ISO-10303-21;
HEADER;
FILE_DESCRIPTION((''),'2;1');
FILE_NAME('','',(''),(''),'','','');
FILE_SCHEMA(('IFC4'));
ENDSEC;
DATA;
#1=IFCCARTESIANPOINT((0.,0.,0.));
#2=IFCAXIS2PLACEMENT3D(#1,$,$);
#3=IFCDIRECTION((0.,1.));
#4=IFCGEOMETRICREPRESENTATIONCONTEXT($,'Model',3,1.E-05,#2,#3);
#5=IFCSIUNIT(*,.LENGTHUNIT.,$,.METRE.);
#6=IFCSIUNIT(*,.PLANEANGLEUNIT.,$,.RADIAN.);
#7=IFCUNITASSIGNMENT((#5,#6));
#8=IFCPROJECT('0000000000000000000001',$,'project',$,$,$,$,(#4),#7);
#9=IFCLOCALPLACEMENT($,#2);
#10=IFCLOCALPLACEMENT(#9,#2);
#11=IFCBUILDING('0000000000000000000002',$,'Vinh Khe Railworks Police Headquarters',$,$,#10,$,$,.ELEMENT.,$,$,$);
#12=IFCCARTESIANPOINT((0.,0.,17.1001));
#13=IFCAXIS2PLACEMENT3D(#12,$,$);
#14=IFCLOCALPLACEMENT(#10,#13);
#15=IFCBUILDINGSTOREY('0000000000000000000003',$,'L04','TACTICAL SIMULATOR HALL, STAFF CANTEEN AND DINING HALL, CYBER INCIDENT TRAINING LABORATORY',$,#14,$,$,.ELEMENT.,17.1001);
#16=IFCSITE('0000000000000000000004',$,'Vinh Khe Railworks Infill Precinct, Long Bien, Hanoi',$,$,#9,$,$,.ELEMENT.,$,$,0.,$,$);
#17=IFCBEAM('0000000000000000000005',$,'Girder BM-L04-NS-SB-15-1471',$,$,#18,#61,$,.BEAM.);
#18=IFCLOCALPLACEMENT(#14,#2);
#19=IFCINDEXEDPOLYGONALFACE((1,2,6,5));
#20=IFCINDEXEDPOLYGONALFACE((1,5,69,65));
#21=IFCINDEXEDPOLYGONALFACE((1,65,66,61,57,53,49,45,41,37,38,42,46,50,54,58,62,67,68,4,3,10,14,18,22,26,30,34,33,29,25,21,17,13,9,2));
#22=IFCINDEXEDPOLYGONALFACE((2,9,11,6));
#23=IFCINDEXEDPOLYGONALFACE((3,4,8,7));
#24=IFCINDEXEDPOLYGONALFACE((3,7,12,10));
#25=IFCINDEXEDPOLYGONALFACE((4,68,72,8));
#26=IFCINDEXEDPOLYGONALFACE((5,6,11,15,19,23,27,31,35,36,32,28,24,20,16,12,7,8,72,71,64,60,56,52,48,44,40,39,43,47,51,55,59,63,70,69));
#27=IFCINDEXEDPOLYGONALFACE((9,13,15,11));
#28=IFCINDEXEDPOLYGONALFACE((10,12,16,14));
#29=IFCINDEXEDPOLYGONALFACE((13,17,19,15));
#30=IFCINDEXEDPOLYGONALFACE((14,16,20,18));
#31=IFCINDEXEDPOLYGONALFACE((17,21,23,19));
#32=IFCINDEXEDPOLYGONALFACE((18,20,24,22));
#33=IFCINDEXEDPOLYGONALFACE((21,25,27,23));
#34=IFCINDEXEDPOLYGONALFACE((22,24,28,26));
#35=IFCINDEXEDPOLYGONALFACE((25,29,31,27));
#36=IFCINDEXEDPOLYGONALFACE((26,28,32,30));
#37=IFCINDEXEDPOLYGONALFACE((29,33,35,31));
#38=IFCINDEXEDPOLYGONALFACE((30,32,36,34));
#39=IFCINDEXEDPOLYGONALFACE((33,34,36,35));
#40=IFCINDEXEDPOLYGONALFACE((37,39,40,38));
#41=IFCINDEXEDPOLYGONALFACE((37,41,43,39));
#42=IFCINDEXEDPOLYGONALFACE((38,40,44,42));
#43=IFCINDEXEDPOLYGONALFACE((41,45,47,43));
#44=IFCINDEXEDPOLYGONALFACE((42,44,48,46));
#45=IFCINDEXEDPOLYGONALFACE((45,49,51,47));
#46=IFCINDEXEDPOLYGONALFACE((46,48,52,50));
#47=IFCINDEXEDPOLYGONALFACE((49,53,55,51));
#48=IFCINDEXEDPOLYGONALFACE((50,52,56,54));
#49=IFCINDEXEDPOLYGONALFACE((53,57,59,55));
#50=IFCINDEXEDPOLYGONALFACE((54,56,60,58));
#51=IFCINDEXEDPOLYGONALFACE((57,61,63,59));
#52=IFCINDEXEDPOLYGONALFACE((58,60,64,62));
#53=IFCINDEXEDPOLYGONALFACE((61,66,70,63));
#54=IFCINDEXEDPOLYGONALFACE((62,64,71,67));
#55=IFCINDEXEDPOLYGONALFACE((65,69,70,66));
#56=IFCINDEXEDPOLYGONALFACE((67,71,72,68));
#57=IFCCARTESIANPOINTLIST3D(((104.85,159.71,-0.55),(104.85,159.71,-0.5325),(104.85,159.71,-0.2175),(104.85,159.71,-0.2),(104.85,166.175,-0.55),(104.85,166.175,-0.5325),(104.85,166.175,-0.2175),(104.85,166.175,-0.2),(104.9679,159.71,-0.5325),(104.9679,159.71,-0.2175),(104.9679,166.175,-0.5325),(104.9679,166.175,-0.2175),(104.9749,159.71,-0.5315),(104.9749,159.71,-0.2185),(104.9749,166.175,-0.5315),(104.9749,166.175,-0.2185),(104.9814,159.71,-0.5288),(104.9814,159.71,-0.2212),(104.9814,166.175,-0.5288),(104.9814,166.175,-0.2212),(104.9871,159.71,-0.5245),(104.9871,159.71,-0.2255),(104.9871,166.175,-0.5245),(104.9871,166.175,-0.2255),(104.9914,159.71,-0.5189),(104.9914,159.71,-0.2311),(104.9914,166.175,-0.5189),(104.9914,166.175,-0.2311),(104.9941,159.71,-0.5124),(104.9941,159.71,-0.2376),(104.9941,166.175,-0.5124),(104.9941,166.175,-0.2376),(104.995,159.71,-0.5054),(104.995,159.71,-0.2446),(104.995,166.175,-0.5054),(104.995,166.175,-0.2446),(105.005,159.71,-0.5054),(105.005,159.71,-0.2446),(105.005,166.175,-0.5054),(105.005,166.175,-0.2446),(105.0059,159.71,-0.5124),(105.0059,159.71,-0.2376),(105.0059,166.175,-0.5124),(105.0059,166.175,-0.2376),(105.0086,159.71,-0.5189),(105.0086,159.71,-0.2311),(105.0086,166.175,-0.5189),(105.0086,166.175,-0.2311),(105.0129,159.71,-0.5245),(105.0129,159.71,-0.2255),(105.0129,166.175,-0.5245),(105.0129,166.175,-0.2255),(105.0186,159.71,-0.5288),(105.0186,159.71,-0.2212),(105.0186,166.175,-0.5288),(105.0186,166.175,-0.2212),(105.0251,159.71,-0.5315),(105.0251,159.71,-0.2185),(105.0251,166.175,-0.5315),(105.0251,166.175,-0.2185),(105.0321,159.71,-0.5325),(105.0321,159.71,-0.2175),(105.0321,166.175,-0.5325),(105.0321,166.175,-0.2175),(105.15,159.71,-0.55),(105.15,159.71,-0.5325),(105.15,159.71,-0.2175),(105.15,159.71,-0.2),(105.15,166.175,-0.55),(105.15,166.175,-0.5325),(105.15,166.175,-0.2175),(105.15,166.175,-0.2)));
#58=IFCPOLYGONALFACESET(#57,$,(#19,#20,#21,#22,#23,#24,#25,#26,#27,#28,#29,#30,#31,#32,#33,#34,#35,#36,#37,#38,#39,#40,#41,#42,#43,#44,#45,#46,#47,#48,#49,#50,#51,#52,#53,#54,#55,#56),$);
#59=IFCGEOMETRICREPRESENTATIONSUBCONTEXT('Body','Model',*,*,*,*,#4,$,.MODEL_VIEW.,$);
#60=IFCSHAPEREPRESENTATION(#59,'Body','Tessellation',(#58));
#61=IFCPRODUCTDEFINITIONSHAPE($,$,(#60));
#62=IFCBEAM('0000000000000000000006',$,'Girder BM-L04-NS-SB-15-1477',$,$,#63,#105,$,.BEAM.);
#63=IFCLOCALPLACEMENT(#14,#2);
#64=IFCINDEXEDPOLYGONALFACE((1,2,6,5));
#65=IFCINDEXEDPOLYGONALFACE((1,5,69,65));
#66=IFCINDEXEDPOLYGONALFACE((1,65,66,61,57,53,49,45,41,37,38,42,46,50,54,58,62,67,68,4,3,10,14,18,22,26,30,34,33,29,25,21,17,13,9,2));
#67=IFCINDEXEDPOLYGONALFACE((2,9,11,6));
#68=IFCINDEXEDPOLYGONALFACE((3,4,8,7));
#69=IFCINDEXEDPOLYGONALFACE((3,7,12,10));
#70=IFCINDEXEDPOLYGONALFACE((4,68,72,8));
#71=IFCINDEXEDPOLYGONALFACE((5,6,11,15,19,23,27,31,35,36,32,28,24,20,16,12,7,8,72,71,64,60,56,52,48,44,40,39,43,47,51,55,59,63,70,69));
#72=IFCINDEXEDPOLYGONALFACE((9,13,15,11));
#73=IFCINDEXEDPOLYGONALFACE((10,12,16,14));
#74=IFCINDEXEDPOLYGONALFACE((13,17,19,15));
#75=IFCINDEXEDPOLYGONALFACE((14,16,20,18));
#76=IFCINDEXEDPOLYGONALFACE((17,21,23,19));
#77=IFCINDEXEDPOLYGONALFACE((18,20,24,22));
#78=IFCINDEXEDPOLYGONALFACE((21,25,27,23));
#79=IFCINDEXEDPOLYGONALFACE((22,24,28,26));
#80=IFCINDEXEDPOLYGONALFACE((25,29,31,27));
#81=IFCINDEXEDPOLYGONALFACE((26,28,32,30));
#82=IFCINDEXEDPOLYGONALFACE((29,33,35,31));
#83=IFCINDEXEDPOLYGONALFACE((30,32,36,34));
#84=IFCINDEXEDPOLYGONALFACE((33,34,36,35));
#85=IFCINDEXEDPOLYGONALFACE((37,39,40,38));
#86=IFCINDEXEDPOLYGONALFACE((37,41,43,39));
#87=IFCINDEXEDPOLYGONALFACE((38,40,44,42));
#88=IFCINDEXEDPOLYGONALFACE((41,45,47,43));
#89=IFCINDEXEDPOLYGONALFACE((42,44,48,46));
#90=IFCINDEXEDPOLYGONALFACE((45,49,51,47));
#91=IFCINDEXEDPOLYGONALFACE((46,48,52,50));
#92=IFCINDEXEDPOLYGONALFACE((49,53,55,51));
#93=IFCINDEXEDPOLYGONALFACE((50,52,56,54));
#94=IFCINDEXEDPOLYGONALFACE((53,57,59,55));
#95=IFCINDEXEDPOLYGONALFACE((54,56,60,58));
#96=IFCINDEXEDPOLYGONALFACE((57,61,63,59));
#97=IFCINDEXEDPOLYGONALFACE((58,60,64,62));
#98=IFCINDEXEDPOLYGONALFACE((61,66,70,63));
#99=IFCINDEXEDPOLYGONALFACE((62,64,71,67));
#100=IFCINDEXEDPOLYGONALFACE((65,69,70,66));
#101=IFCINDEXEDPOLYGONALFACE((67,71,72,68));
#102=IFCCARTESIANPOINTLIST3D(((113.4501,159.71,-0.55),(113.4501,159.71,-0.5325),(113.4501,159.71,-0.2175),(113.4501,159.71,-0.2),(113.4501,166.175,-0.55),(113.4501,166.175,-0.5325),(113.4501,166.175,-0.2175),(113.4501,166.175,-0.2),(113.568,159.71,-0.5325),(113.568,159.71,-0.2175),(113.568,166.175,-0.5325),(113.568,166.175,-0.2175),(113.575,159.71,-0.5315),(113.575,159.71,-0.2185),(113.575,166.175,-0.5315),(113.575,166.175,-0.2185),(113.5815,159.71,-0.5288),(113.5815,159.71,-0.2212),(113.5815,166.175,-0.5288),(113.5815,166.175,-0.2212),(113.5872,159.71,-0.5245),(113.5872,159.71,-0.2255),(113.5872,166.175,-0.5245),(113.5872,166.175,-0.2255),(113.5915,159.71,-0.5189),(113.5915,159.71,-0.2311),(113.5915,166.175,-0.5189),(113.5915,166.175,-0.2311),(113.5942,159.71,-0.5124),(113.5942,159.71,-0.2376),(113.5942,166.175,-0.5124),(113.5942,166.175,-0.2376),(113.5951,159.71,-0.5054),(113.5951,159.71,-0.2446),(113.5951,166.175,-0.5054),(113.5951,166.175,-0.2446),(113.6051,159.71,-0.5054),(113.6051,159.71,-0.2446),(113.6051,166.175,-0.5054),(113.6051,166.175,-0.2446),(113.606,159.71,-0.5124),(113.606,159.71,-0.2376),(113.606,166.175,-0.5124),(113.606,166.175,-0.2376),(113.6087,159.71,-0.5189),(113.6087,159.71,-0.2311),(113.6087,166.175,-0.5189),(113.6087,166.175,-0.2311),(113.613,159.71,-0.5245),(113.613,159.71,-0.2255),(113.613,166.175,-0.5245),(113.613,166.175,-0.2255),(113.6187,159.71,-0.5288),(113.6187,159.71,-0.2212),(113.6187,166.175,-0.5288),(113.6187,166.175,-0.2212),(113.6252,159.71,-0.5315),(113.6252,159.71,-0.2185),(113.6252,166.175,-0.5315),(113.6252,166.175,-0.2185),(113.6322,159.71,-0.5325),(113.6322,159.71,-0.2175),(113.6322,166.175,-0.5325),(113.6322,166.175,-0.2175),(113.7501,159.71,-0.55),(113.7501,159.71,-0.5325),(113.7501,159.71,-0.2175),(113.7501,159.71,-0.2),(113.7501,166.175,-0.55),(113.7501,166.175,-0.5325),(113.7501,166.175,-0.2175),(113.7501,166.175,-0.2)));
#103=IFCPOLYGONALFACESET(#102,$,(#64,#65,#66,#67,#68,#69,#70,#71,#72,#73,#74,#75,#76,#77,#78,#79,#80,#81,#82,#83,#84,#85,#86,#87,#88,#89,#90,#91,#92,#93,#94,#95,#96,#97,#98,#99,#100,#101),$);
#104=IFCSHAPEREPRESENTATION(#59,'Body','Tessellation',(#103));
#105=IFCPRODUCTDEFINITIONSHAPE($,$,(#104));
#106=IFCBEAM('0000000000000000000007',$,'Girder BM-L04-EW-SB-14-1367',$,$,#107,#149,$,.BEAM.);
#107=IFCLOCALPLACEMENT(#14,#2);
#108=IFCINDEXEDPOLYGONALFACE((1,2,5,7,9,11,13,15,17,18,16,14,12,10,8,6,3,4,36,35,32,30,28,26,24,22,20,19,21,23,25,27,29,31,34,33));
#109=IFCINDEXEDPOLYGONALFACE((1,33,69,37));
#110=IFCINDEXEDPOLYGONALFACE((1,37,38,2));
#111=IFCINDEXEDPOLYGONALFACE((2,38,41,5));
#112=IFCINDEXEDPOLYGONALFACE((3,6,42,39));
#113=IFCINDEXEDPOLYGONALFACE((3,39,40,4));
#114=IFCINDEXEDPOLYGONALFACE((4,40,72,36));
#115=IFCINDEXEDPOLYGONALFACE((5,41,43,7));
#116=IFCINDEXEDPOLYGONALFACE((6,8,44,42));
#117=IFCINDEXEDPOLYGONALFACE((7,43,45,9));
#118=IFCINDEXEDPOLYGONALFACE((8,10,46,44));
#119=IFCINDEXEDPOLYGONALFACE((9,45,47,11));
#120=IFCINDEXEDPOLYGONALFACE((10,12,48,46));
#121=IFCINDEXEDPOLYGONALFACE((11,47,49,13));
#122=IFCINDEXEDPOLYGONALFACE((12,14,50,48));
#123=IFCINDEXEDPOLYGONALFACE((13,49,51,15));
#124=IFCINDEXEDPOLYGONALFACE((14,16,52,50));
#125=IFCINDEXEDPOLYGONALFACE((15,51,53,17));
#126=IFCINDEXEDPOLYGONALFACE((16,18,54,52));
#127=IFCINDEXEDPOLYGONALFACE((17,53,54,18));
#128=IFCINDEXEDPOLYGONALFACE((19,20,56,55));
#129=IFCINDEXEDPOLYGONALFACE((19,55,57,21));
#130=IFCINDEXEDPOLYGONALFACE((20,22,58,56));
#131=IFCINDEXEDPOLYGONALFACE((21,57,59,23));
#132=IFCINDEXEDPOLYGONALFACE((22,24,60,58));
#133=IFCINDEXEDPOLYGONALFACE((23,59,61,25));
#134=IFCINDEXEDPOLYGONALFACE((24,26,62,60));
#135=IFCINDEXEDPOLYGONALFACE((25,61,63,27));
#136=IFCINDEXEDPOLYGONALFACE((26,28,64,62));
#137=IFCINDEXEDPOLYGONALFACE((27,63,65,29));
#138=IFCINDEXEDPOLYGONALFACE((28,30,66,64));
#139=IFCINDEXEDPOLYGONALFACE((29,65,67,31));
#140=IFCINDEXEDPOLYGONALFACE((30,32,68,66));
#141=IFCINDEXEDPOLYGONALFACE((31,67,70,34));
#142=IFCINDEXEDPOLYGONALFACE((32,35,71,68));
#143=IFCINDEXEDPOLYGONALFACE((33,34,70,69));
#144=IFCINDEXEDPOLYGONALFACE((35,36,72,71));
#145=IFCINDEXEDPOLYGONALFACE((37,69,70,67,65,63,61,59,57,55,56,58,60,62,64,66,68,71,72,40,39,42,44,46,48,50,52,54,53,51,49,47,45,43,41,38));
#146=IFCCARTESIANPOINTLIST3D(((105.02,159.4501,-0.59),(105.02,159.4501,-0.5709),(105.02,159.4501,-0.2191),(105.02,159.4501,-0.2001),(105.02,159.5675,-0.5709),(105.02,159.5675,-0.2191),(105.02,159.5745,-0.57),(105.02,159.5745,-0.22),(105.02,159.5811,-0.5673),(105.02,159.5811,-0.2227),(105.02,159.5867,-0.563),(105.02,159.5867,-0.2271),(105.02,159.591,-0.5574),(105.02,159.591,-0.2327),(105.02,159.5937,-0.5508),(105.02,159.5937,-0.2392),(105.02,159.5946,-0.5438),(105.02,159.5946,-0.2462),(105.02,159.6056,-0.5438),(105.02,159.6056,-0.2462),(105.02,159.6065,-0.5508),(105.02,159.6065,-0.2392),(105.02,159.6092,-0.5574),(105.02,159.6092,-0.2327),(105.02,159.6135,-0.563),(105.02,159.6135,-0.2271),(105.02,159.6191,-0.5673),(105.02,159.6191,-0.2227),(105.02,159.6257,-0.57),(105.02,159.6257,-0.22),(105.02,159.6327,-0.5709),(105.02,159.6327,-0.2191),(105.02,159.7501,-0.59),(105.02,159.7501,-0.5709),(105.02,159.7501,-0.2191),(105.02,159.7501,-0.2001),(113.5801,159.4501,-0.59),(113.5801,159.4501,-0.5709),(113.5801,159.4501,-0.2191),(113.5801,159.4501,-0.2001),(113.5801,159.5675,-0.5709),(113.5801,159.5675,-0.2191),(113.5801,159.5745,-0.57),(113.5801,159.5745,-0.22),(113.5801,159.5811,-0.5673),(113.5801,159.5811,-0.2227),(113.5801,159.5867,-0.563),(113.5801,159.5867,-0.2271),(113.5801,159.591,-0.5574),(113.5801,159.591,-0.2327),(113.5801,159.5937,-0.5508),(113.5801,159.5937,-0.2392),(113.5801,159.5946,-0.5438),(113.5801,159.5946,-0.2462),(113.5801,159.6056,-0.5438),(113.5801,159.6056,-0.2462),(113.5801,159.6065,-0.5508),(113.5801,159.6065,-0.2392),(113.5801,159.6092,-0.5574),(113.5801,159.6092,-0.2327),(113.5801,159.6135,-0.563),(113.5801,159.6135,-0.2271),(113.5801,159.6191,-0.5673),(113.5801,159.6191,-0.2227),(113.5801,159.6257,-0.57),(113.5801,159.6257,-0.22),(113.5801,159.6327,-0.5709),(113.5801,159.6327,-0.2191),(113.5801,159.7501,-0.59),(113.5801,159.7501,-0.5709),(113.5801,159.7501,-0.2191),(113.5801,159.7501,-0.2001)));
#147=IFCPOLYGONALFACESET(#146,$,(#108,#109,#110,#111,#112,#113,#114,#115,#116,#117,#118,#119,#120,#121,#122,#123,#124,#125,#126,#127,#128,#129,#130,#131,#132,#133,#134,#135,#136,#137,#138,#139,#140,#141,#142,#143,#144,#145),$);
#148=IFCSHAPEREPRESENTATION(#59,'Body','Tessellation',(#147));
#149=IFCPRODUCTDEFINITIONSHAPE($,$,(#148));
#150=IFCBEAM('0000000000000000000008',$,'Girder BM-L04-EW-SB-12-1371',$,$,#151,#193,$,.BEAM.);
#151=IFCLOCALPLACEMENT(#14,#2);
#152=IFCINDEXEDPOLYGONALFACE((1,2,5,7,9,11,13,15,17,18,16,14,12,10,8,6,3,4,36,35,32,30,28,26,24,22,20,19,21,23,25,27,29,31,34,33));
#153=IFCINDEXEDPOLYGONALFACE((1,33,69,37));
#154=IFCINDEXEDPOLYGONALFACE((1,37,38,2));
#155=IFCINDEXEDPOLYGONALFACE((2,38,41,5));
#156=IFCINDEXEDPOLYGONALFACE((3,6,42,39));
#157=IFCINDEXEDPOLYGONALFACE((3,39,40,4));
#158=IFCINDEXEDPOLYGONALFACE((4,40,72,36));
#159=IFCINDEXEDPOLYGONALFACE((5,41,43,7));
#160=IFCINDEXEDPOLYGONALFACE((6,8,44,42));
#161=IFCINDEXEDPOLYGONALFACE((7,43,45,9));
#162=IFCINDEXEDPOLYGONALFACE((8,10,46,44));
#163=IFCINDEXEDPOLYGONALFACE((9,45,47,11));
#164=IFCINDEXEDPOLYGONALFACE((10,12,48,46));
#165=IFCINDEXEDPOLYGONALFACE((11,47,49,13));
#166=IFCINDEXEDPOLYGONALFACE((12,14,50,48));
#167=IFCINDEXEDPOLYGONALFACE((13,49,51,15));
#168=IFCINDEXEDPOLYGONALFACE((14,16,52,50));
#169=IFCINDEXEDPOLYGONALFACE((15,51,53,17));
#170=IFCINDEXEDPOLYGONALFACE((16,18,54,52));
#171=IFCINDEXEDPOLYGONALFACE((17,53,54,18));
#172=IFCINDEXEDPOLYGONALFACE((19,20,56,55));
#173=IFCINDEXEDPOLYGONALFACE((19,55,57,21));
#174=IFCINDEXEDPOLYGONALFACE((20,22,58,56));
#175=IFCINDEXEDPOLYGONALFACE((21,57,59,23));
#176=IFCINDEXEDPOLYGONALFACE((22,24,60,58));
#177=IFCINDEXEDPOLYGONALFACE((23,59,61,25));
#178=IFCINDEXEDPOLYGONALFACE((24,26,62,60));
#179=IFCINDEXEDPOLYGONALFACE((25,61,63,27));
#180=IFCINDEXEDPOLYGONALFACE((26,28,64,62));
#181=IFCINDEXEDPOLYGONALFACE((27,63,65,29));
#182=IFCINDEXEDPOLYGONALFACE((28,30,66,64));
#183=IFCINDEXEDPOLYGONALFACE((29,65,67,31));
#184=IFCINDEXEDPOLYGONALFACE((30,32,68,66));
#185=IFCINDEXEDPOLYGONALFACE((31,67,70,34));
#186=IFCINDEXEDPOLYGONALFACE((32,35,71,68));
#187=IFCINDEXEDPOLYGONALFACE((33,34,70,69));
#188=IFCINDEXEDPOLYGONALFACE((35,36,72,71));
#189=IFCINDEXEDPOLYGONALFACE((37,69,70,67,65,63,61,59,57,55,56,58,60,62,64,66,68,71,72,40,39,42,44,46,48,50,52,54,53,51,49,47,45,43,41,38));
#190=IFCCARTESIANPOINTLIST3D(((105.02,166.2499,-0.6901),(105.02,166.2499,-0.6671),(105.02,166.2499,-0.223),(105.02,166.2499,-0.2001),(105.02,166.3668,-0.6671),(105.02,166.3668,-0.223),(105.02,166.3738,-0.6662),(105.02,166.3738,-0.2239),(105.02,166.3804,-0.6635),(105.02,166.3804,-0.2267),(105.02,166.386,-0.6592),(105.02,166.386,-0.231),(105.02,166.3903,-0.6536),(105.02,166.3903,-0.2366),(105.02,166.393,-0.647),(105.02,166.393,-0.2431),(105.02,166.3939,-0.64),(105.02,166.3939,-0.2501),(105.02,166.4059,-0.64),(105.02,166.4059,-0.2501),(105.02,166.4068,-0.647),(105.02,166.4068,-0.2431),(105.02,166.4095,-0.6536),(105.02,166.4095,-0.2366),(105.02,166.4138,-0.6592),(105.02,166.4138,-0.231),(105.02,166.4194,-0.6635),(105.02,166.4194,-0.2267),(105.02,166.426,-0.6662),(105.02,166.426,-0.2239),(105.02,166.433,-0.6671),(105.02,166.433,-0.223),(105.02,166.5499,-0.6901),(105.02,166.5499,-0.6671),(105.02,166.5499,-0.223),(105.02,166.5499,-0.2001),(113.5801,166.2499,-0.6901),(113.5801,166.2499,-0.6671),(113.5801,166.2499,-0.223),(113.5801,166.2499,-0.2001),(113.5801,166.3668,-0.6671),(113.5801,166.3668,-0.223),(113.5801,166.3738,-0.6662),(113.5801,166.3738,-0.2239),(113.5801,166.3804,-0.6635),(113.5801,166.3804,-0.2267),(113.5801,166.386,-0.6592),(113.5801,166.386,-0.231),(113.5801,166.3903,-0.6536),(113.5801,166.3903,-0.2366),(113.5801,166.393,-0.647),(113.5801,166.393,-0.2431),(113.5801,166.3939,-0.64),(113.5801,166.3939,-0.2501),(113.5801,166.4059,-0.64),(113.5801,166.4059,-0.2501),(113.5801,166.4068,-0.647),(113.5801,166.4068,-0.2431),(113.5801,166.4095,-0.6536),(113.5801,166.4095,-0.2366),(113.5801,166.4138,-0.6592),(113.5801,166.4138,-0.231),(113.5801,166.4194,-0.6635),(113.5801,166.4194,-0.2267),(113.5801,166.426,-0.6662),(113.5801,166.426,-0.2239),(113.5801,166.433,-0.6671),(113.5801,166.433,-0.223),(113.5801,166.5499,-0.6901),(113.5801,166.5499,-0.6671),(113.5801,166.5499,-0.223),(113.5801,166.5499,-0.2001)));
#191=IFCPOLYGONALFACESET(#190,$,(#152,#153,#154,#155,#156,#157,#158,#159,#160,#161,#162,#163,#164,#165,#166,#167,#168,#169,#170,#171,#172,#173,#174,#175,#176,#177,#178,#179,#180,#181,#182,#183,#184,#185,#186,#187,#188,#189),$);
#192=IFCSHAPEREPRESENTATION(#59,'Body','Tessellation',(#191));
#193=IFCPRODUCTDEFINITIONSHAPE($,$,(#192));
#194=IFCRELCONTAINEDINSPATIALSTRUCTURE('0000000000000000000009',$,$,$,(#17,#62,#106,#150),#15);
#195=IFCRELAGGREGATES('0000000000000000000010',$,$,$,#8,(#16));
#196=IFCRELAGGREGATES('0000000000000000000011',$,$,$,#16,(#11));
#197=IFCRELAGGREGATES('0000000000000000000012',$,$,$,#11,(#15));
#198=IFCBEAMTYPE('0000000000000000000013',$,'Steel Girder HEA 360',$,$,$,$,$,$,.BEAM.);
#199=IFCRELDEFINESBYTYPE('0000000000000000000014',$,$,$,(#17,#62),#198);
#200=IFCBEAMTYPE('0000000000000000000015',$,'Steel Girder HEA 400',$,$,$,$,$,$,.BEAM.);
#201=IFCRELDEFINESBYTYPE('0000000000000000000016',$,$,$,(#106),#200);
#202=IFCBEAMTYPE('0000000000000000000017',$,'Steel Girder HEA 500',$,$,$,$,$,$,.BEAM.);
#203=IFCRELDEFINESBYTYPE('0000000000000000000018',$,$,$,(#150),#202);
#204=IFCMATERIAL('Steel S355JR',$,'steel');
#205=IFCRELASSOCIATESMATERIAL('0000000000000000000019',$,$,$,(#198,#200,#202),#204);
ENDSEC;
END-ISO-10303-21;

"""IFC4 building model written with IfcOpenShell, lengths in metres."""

from ifc_helpers import new_model, si_unit, direction, frame, origin, origin_2d, place, context, subcontext, project, spatial, i_section, extrude, material, material_profile, profile_set, type_object, element, save


model = new_model("IFC4")

# Units and contexts
model_context = context("Model", 3, precision=1e-05, world=origin(), true_north=direction((0.0, 1.0)))
body_context = subcontext(model_context, "Body", "Model", "MODEL_VIEW")
ifc_project = project(units=[si_unit("LENGTHUNIT", "METRE"), si_unit("PLANEANGLEUNIT", "RADIAN")], contexts=[model_context])

# Site, building, storey
site_placement = place(None, origin())
site = spatial("IfcSite", under=ifc_project, at=site_placement, Name="Vinh Khe Railworks Infill Precinct, Long Bien, Hanoi", CompositionType="ELEMENT", RefElevation=0.0)
building_placement = place(site_placement, origin())
building = spatial("IfcBuilding", under=site, at=building_placement, Name="Vinh Khe Railworks Police Headquarters", CompositionType="ELEMENT")
storey_placement = place(building_placement, frame((0.0, 0.0, 17.1001)))
storey = spatial("IfcBuildingStorey", under=building, at=storey_placement, Name="L04", Description="TACTICAL SIMULATOR HALL, STAFF CANTEEN AND DINING HALL, CYBER INCIDENT TRAINING LABORATORY", CompositionType="ELEMENT", Elevation=17.1001)

# Shared definitions
ifc_material_1 = material(Name="Steel S355JR", Category="steel")

# Beams
ifc_material_profile_1 = material_profile(ifc_material_1, i_section(OverallWidth=0.3, OverallDepth=0.3501, WebThickness=0.01, FlangeThickness=0.0176, FilletRadius=0.0271, at=origin_2d()), Name="HEA 360")
ifc_profile_set_1 = profile_set([ifc_material_profile_1], Name="Steel S355JR")
beam_type_1 = type_object("IfcBeamType", Name="Steel Girder HEA 360", PredefinedType="BEAM", material=ifc_profile_set_1)
for number, where, z_axis, x_axis, name in (
    (1, (105.0, 159.71, -0.375), (0.0, 1.0, 0.0), (-1.0, 0.0, 0.0), "Girder BM-L04-NS-SB-15-1471"),
    (2, (113.6001, 159.71, -0.375), (0.0, 1.0, 0.0), (-1.0, 0.0, 0.0), "Girder BM-L04-NS-SB-15-1477"),
):
    element("IfcBeam", number, at=place(storey_placement, frame(where, z_axis=z_axis, x_axis=x_axis)), inside=storey, type_object=beam_type_1, Name=name, PredefinedType="BEAM", context=body_context, shape_type="SweptSolid", body=[
        extrude(i_section(OverallWidth=0.3, OverallDepth=0.3501, WebThickness=0.01, FlangeThickness=0.0176, FilletRadius=0.0271, at=origin_2d()), origin(), (0.0, 0.0, 1.0), 6.4651),
    ])
ifc_material_profile_2 = material_profile(ifc_material_1, i_section(OverallWidth=0.3, OverallDepth=0.3899, WebThickness=0.011, FlangeThickness=0.019, FilletRadius=0.0271, at=origin_2d()), Name="HEA 400")
ifc_profile_set_2 = profile_set([ifc_material_profile_2], Name="Steel S355JR")
beam_type_2 = type_object("IfcBeamType", Name="Steel Girder HEA 400", PredefinedType="BEAM", material=ifc_profile_set_2)
beam_1_placement = place(storey_placement, frame((105.02, 159.6001, -0.395), z_axis=(1.0, 0.0, 0.0), x_axis=(0.0, 1.0, 0.0)))
element("IfcBeam", 3, at=beam_1_placement, inside=storey, type_object=beam_type_2, Name="Girder BM-L04-EW-SB-14-1367", PredefinedType="BEAM", context=body_context, shape_type="SweptSolid", body=[
    extrude(i_section(OverallWidth=0.3, OverallDepth=0.3899, WebThickness=0.011, FlangeThickness=0.019, FilletRadius=0.0271, at=origin_2d()), origin(), (0.0, 0.0, 1.0), 8.5601),
])
ifc_material_profile_3 = material_profile(ifc_material_1, i_section(OverallWidth=0.3, OverallDepth=0.49, WebThickness=0.012, FlangeThickness=0.0229, FilletRadius=0.0271, at=origin_2d()), Name="HEA 500")
ifc_profile_set_3 = profile_set([ifc_material_profile_3], Name="Steel S355JR")
beam_type_3 = type_object("IfcBeamType", Name="Steel Girder HEA 500", PredefinedType="BEAM", material=ifc_profile_set_3)
beam_2_placement = place(storey_placement, frame((105.02, 166.3999, -0.4451), z_axis=(1.0, 0.0, 0.0), x_axis=(0.0, 1.0, 0.0)))
element("IfcBeam", 4, at=beam_2_placement, inside=storey, type_object=beam_type_3, Name="Girder BM-L04-EW-SB-12-1371", PredefinedType="BEAM", context=body_context, shape_type="SweptSolid", body=[
    extrude(i_section(OverallWidth=0.3, OverallDepth=0.49, WebThickness=0.012, FlangeThickness=0.0229, FilletRadius=0.0271, at=origin_2d()), origin(), (0.0, 0.0, 1.0), 8.5601),
])

save(model, "model.ifc")
